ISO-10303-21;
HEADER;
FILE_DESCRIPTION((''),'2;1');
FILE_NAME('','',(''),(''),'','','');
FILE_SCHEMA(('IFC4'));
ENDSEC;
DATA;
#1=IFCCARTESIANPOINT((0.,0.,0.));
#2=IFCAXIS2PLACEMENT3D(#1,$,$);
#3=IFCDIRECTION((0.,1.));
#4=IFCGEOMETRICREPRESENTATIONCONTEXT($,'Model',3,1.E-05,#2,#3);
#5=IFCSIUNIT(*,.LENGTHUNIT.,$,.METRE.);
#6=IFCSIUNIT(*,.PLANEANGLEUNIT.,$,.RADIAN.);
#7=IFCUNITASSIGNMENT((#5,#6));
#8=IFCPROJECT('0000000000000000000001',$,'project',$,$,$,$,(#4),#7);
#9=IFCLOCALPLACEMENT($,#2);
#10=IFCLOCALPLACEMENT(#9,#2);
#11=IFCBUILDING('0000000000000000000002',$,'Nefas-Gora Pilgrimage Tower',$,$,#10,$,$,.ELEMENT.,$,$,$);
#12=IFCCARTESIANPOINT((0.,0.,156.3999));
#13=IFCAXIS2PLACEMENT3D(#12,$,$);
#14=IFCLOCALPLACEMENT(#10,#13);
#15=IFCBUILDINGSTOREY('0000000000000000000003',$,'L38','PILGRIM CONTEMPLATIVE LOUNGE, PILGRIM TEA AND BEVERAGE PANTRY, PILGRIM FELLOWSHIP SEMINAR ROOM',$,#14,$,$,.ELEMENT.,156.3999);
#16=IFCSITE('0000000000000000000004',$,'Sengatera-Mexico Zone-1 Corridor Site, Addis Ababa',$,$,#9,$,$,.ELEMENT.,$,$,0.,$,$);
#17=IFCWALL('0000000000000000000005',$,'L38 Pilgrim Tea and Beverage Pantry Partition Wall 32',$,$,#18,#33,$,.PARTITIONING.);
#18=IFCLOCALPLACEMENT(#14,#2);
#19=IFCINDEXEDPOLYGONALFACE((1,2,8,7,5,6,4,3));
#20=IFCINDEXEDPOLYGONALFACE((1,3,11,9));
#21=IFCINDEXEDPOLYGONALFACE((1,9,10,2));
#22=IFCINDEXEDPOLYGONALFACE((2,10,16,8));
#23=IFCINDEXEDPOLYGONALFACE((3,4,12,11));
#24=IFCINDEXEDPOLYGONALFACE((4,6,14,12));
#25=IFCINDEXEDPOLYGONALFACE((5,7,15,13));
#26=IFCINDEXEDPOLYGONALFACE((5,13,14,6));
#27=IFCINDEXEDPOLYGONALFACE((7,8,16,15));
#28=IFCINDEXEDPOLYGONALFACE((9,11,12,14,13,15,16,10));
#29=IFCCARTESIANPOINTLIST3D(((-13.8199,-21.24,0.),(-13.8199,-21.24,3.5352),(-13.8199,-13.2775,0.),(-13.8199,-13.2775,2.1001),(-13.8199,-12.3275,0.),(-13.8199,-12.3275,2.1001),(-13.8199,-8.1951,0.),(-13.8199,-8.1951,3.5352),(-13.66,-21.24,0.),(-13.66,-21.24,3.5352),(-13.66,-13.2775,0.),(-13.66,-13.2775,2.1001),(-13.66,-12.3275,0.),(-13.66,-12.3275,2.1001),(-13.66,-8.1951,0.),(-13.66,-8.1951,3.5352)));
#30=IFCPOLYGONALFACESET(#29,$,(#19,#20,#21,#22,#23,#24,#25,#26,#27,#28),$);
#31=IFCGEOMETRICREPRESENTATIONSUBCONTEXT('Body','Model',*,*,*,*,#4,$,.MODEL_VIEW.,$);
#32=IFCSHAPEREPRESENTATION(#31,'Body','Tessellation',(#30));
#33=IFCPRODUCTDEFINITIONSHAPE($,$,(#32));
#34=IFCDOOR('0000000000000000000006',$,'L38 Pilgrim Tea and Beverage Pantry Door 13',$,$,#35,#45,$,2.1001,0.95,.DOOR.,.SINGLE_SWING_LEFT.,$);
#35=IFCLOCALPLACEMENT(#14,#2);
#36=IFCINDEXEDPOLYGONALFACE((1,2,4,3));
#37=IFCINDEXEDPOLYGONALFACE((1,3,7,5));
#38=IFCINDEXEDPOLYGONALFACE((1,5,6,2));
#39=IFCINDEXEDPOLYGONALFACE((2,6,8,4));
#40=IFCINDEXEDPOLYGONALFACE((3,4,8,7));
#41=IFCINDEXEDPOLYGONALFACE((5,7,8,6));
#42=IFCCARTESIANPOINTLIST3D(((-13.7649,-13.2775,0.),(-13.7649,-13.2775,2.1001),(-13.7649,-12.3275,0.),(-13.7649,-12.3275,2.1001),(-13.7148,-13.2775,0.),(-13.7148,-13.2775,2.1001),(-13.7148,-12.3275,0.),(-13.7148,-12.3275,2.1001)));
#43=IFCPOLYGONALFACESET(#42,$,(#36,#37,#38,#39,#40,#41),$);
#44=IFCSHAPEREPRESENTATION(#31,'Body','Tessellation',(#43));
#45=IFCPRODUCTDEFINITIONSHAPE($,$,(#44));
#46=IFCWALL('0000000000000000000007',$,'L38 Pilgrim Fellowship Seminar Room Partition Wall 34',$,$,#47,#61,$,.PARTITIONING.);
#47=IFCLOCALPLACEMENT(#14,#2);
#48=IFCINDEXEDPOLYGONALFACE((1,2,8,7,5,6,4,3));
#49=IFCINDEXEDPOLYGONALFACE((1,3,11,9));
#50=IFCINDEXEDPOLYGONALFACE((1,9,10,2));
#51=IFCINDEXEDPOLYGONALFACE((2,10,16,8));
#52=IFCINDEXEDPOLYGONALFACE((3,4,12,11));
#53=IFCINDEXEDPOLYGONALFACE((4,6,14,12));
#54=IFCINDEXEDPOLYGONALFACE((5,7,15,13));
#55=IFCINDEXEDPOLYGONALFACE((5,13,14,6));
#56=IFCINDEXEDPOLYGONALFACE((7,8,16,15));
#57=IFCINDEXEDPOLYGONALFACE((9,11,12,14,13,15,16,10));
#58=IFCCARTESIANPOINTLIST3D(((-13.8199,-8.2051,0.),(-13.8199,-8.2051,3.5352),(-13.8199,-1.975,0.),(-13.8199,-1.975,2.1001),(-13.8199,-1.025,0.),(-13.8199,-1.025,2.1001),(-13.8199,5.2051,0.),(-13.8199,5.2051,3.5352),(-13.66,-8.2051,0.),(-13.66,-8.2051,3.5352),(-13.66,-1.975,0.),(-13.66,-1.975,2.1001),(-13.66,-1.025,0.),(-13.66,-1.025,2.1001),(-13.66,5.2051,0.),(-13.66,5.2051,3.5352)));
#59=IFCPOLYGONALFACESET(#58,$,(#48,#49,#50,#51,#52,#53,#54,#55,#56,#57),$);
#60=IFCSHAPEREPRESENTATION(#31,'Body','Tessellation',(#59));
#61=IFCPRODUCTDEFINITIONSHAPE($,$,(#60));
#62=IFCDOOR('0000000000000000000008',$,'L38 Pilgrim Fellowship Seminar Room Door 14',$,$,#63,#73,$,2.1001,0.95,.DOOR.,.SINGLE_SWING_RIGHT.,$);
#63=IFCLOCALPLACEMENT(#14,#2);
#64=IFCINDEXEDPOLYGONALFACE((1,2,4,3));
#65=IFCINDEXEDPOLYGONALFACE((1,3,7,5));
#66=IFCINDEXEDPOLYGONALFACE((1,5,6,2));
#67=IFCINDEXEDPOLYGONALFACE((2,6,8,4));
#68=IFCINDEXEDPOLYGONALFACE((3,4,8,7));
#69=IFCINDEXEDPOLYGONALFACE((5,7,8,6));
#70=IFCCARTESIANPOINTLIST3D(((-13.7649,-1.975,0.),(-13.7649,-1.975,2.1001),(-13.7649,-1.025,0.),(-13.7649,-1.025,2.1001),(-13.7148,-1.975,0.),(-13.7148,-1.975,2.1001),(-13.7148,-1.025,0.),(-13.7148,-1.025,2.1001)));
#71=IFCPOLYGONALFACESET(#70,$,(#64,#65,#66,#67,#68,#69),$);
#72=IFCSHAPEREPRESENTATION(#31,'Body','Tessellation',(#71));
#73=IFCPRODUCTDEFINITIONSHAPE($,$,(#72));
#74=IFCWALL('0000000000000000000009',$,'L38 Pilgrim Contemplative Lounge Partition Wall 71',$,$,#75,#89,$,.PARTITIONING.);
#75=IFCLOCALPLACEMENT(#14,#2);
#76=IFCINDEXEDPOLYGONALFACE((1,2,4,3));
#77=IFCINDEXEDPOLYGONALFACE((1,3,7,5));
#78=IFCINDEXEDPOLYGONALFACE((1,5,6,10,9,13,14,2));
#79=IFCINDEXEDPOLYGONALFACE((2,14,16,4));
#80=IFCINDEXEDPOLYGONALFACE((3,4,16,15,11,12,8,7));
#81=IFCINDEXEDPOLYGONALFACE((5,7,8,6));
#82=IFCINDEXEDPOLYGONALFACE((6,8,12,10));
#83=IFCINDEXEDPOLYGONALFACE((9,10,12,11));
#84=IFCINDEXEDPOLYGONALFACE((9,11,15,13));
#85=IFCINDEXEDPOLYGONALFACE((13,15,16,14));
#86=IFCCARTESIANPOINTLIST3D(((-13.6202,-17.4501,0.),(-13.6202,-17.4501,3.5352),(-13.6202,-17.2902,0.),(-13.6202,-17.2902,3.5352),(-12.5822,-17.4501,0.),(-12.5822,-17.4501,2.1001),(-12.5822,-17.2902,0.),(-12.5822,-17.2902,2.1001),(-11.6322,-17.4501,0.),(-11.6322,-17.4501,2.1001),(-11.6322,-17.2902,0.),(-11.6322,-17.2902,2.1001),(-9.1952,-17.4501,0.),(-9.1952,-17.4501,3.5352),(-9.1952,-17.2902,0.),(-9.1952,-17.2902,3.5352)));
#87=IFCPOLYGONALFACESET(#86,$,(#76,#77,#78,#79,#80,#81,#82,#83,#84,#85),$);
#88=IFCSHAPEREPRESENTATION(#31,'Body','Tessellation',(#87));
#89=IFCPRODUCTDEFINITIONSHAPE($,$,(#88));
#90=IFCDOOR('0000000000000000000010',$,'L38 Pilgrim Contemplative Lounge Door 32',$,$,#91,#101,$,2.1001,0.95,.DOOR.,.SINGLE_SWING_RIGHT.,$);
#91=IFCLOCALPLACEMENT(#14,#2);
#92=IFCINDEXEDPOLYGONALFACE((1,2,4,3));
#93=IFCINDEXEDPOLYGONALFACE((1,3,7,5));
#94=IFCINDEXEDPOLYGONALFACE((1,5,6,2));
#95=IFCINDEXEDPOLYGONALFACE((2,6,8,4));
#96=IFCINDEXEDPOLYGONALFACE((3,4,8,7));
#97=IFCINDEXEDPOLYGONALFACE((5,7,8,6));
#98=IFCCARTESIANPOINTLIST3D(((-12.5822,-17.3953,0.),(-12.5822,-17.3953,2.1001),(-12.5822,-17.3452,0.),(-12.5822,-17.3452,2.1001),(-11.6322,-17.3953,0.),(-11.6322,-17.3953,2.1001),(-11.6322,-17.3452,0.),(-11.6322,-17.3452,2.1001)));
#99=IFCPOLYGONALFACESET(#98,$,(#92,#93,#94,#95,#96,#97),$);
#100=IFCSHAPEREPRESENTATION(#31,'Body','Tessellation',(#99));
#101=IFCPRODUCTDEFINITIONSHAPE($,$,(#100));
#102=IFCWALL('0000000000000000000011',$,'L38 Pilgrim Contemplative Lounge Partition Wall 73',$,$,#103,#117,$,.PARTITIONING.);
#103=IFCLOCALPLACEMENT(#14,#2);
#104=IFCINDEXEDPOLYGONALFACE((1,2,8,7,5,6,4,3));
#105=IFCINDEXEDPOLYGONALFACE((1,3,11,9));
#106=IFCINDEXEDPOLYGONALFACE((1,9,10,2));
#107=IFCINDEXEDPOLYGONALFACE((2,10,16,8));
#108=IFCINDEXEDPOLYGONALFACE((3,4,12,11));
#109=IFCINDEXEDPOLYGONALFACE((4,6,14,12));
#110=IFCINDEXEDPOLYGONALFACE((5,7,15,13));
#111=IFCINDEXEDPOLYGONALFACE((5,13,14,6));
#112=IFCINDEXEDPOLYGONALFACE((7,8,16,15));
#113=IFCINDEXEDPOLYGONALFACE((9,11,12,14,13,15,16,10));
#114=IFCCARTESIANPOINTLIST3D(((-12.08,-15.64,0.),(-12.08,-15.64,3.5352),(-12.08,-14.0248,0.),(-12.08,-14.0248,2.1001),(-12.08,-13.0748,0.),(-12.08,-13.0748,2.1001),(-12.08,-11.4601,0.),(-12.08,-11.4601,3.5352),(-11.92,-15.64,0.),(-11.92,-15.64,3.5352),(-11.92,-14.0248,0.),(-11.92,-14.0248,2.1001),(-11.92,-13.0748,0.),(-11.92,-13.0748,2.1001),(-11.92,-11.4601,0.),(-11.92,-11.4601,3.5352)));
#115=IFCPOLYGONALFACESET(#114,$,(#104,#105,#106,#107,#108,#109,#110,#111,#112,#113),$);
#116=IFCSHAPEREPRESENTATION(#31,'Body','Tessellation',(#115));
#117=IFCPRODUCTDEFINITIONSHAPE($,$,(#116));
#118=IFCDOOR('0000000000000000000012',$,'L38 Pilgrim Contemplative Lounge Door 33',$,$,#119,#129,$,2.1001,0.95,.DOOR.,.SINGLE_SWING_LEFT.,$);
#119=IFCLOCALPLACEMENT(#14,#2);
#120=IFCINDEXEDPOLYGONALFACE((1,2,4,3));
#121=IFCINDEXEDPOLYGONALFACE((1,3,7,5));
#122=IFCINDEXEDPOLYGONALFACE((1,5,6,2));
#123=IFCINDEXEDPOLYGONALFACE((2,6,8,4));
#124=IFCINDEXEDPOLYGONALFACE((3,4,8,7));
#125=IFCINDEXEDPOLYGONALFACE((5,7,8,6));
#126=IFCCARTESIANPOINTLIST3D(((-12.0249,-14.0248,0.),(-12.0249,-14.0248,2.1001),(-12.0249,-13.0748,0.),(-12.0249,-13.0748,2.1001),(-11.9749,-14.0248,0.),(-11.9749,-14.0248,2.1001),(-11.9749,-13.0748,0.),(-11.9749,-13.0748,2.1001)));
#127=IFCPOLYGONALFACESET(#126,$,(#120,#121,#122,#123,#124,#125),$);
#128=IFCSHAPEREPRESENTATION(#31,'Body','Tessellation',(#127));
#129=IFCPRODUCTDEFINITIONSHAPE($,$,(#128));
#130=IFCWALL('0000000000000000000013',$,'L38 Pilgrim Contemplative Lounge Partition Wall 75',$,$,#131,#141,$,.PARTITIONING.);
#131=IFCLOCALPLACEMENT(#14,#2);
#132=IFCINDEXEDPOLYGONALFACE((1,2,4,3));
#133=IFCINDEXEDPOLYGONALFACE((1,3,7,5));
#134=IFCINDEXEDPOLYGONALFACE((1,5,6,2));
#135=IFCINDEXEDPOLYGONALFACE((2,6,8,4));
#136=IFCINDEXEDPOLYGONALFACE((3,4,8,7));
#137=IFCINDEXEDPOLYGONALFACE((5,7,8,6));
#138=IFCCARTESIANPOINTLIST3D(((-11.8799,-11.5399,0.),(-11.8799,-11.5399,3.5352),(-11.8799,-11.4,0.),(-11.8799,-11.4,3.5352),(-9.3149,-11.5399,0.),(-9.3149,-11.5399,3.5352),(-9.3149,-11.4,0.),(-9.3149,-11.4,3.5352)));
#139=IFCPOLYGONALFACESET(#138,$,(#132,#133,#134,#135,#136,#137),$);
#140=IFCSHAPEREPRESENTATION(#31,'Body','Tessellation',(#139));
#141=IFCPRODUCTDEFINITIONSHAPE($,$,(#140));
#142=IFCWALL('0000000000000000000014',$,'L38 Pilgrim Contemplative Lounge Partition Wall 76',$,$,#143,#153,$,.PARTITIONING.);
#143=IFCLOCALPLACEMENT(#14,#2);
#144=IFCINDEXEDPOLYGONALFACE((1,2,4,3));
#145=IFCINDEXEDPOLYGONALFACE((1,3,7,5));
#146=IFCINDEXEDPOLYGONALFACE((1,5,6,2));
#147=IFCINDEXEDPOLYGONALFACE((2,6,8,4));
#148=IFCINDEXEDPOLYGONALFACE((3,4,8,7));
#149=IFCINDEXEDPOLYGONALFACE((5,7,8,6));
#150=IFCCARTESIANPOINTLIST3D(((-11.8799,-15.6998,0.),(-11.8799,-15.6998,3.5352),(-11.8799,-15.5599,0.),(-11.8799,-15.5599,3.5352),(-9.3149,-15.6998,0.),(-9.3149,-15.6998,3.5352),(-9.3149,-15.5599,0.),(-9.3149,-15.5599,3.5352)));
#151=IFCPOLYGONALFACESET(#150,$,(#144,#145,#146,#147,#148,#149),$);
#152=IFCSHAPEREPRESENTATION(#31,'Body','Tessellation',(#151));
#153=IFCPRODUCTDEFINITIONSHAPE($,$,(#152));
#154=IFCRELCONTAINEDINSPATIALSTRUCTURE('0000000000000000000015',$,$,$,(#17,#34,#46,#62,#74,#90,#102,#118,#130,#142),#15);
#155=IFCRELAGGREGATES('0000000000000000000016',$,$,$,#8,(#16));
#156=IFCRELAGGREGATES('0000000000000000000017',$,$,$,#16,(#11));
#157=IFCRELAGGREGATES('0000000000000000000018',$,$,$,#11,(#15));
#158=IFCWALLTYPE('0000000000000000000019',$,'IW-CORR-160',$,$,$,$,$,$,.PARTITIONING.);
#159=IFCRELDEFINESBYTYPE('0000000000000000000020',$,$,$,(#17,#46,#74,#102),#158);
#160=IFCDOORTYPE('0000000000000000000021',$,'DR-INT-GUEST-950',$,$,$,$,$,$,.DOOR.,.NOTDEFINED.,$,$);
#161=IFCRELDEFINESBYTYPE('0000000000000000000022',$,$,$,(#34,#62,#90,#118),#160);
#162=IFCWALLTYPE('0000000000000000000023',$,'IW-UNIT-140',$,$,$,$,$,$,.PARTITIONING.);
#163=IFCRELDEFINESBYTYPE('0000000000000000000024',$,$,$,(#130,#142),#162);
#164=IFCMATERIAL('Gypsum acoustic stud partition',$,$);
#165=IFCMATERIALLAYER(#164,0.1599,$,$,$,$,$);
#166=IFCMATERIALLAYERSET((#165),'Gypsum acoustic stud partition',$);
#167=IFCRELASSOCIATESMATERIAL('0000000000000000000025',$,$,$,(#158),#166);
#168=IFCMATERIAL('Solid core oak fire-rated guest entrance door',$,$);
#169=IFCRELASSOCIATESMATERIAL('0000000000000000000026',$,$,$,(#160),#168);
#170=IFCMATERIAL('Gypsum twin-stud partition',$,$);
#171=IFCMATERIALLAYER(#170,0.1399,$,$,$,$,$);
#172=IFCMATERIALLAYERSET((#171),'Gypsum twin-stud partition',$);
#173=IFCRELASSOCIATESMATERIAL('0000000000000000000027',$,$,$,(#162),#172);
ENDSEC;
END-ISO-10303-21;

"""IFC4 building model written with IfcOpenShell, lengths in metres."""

from ifc_helpers import new_model, si_unit, direction, frame, frame_2d, origin, place, context, subcontext, project, spatial, rectangle, extrude, source, transform, mapped, material, layer, layer_set, type_object, element, fill, save


model = new_model("IFC4")

# Units and contexts
model_context = context("Model", 3, precision=1e-05, world=origin(), true_north=direction((0.0, 1.0)))
body_context = subcontext(model_context, "Body", "Model", "MODEL_VIEW")
ifc_project = project(units=[si_unit("LENGTHUNIT", "METRE"), si_unit("PLANEANGLEUNIT", "RADIAN")], contexts=[model_context])

# Site, building, storey
site_placement = place(None, origin())
site = spatial("IfcSite", under=ifc_project, at=site_placement, Name="Sengatera-Mexico Zone-1 Corridor Site, Addis Ababa", CompositionType="ELEMENT", RefElevation=0.0)
building_placement = place(site_placement, origin())
building = spatial("IfcBuilding", under=site, at=building_placement, Name="Nefas-Gora Pilgrimage Tower", CompositionType="ELEMENT")
storey_placement = place(building_placement, frame((0.0, 0.0, 156.3999)))
storey = spatial("IfcBuildingStorey", under=building, at=storey_placement, Name="L38", Description="PILGRIM CONTEMPLATIVE LOUNGE, PILGRIM TEA AND BEVERAGE PANTRY, PILGRIM FELLOWSHIP SEMINAR ROOM", CompositionType="ELEMENT", Elevation=156.3999)

# Walls, openings, doors
ifc_material_1 = material(Name="Gypsum acoustic stud partition")
ifc_layer_1 = layer(ifc_material_1, 0.1599)
ifc_layer_set_1 = layer_set([ifc_layer_1], Name="Gypsum acoustic stud partition")
wall_type_1 = type_object("IfcWallType", Name="IW-CORR-160", PredefinedType="PARTITIONING", material=ifc_layer_set_1)
shared_shape_1 = source(origin(), body_context, "Body", "SweptSolid", [
    extrude(rectangle(XDim=13.0449, YDim=0.1599, at=frame_2d((6.5225, 0.0))), origin(), (0.0, 0.0, 1.0), 3.5352),
])
wall_1_placement = place(storey_placement, frame((-13.74, -21.24, 0.0), z_axis=(0.0, 0.0, 1.0), x_axis=(0.0, 1.0, 0.0)))
wall_1 = element("IfcWall", 1, at=wall_1_placement, inside=storey, type_object=wall_type_1, Name="L38 Pilgrim Tea and Beverage Pantry Partition Wall 32", PredefinedType="PARTITIONING", context=body_context, shape_type="MappedRepresentation", body=[
    mapped(shared_shape_1, transform((0.0, 0.0, 0.0), x_axis=(1.0, 0.0, 0.0), y_axis=(0.0, 1.0, 0.0), z_axis=(0.0, 0.0, 1.0), scale=1.0)),
])
opening_1_placement = place(wall_1_placement, frame((7.9624, 0.0, 0.0)))
opening_1 = element("IfcOpeningElement", 2, at=opening_1_placement, cuts=wall_1, PredefinedType="OPENING", context=body_context, shape_type="SweptSolid", body=[
    extrude(rectangle(XDim=0.95, YDim=2.1001, at=frame_2d((0.4751, 1.05))), frame((0.0, 0.0898, 0.0), z_axis=(0.0, -1.0, 0.0), x_axis=(1.0, 0.0, 0.0)), (0.0, 0.0, 1.0), 0.1799),
])
ifc_material_2 = material(Name="Solid core oak fire-rated guest entrance door")
door_type_1 = type_object("IfcDoorType", Name="DR-INT-GUEST-950", OperationType="NOTDEFINED", PredefinedType="DOOR", material=ifc_material_2)
shared_shape_2 = source(origin(), body_context, "Body", "SweptSolid", [
    extrude(rectangle(XDim=0.95, YDim=2.1001, at=frame_2d((0.4751, 1.05))), frame((0.0, 0.0249, 0.0), z_axis=(0.0, -1.0, 0.0), x_axis=(1.0, 0.0, 0.0)), (0.0, 0.0, 1.0), 0.05),
])
door_1_placement = place(opening_1_placement, origin())
door_1 = element("IfcDoor", 3, at=door_1_placement, inside=storey, type_object=door_type_1, Name="L38 Pilgrim Tea and Beverage Pantry Door 13", OperationType="SINGLE_SWING_LEFT", OverallHeight=2.1001, OverallWidth=0.95, PredefinedType="DOOR", context=body_context, shape_type="MappedRepresentation", body=[
    mapped(shared_shape_2, transform((0.0, 0.0, 0.0), x_axis=(1.0, 0.0, 0.0), y_axis=(0.0, 1.0, 0.0), z_axis=(0.0, 0.0, 1.0), scale=1.0)),
])
fill(opening_1, door_1)
shared_shape_3 = source(origin(), body_context, "Body", "SweptSolid", [
    extrude(rectangle(XDim=13.4102, YDim=0.1599, at=frame_2d((6.7051, 0.0))), origin(), (0.0, 0.0, 1.0), 3.5352),
])
wall_2_placement = place(storey_placement, frame((-13.74, -8.2051, 0.0), z_axis=(0.0, 0.0, 1.0), x_axis=(0.0, 1.0, 0.0)))
wall_2 = element("IfcWall", 4, at=wall_2_placement, inside=storey, type_object=wall_type_1, Name="L38 Pilgrim Fellowship Seminar Room Partition Wall 34", PredefinedType="PARTITIONING", context=body_context, shape_type="MappedRepresentation", body=[
    mapped(shared_shape_3, transform((0.0, 0.0, 0.0), x_axis=(1.0, 0.0, 0.0), y_axis=(0.0, 1.0, 0.0), z_axis=(0.0, 0.0, 1.0), scale=1.0)),
])
opening_2_placement = place(wall_2_placement, frame((6.23, 0.0, 0.0)))
opening_2 = element("IfcOpeningElement", 5, at=opening_2_placement, cuts=wall_2, PredefinedType="OPENING", context=body_context, shape_type="SweptSolid", body=[
    extrude(rectangle(XDim=0.95, YDim=2.1001, at=frame_2d((0.4751, 1.05))), frame((0.0, 0.0898, 0.0), z_axis=(0.0, -1.0, 0.0), x_axis=(1.0, 0.0, 0.0)), (0.0, 0.0, 1.0), 0.1799),
])
door_2_placement = place(opening_2_placement, origin())
door_2 = element("IfcDoor", 6, at=door_2_placement, inside=storey, type_object=door_type_1, Name="L38 Pilgrim Fellowship Seminar Room Door 14", OperationType="SINGLE_SWING_RIGHT", OverallHeight=2.1001, OverallWidth=0.95, PredefinedType="DOOR", context=body_context, shape_type="MappedRepresentation", body=[
    mapped(shared_shape_2, transform((0.0, 0.0, 0.0), x_axis=(1.0, 0.0, 0.0), y_axis=(0.0, 1.0, 0.0), z_axis=(0.0, 0.0, 1.0), scale=1.0)),
])
fill(opening_2, door_2)
shared_shape_4 = source(origin(), body_context, "Body", "SweptSolid", [
    extrude(rectangle(XDim=4.425, YDim=0.1599, at=frame_2d((2.2124, 0.0))), origin(), (0.0, 0.0, 1.0), 3.5352),
])
wall_3_placement = place(storey_placement, frame((-13.6201, -17.3701, 0.0), z_axis=(0.0, 0.0, 1.0), x_axis=(1.0, 0.0, 0.0)))
wall_3 = element("IfcWall", 7, at=wall_3_placement, inside=storey, type_object=wall_type_1, Name="L38 Pilgrim Contemplative Lounge Partition Wall 71", PredefinedType="PARTITIONING", context=body_context, shape_type="MappedRepresentation", body=[
    mapped(shared_shape_4, transform((0.0, 0.0, 0.0), x_axis=(1.0, 0.0, 0.0), y_axis=(0.0, 1.0, 0.0), z_axis=(0.0, 0.0, 1.0), scale=1.0)),
])
opening_3_placement = place(wall_3_placement, frame((1.0378, 0.0, 0.0)))
opening_3 = element("IfcOpeningElement", 8, at=opening_3_placement, cuts=wall_3, PredefinedType="OPENING", context=body_context, shape_type="SweptSolid", body=[
    extrude(rectangle(XDim=0.95, YDim=2.1001, at=frame_2d((0.4751, 1.05))), frame((0.0, 0.0898, 0.0), z_axis=(0.0, -1.0, 0.0), x_axis=(1.0, 0.0, 0.0)), (0.0, 0.0, 1.0), 0.1799),
])
door_3_placement = place(opening_3_placement, origin())
door_3 = element("IfcDoor", 9, at=door_3_placement, inside=storey, type_object=door_type_1, Name="L38 Pilgrim Contemplative Lounge Door 32", OperationType="SINGLE_SWING_RIGHT", OverallHeight=2.1001, OverallWidth=0.95, PredefinedType="DOOR", context=body_context, shape_type="MappedRepresentation", body=[
    mapped(shared_shape_2, transform((0.0, 0.0, 0.0), x_axis=(1.0, 0.0, 0.0), y_axis=(0.0, 1.0, 0.0), z_axis=(0.0, 0.0, 1.0), scale=1.0)),
])
fill(opening_3, door_3)
shared_shape_5 = source(origin(), body_context, "Body", "SweptSolid", [
    extrude(rectangle(XDim=4.1799, YDim=0.1599, at=frame_2d((2.0898, 0.0))), origin(), (0.0, 0.0, 1.0), 3.5352),
])
wall_4_placement = place(storey_placement, frame((-12.0, -15.6399, 0.0), z_axis=(0.0, 0.0, 1.0), x_axis=(0.0, 1.0, 0.0)))
wall_4 = element("IfcWall", 10, at=wall_4_placement, inside=storey, type_object=wall_type_1, Name="L38 Pilgrim Contemplative Lounge Partition Wall 73", PredefinedType="PARTITIONING", context=body_context, shape_type="MappedRepresentation", body=[
    mapped(shared_shape_5, transform((0.0, 0.0, 0.0), x_axis=(1.0, 0.0, 0.0), y_axis=(0.0, 1.0, 0.0), z_axis=(0.0, 0.0, 1.0), scale=1.0)),
])
opening_4_placement = place(wall_4_placement, frame((1.615, 0.0, 0.0)))
opening_4 = element("IfcOpeningElement", 11, at=opening_4_placement, cuts=wall_4, PredefinedType="OPENING", context=body_context, shape_type="SweptSolid", body=[
    extrude(rectangle(XDim=0.95, YDim=2.1001, at=frame_2d((0.4751, 1.05))), frame((0.0, 0.0898, 0.0), z_axis=(0.0, -1.0, 0.0), x_axis=(1.0, 0.0, 0.0)), (0.0, 0.0, 1.0), 0.1799),
])
door_4_placement = place(opening_4_placement, origin())
door_4 = element("IfcDoor", 12, at=door_4_placement, inside=storey, type_object=door_type_1, Name="L38 Pilgrim Contemplative Lounge Door 33", OperationType="SINGLE_SWING_LEFT", OverallHeight=2.1001, OverallWidth=0.95, PredefinedType="DOOR", context=body_context, shape_type="MappedRepresentation", body=[
    mapped(shared_shape_2, transform((0.0, 0.0, 0.0), x_axis=(1.0, 0.0, 0.0), y_axis=(0.0, 1.0, 0.0), z_axis=(0.0, 0.0, 1.0), scale=1.0)),
])
fill(opening_4, door_4)

# Walls
ifc_material_3 = material(Name="Gypsum twin-stud partition")
ifc_layer_2 = layer(ifc_material_3, 0.1399)
ifc_layer_set_2 = layer_set([ifc_layer_2], Name="Gypsum twin-stud partition")
wall_type_2 = type_object("IfcWallType", Name="IW-UNIT-140", PredefinedType="PARTITIONING", material=ifc_layer_set_2)
shared_shape_6 = source(origin(), body_context, "Body", "SweptSolid", [
    extrude(rectangle(XDim=2.5649, YDim=0.1399, at=frame_2d((1.2825, 0.0))), origin(), (0.0, 0.0, 1.0), 3.5352),
])
for number, where, z_axis, x_axis, name in (
    (13, (-11.8799, -11.47, 0.0), (0.0, 0.0, 1.0), (1.0, 0.0, 0.0), "L38 Pilgrim Contemplative Lounge Partition Wall 75"),
    (14, (-11.8799, -15.6299, 0.0), (0.0, 0.0, 1.0), (1.0, 0.0, 0.0), "L38 Pilgrim Contemplative Lounge Partition Wall 76"),
):
    element("IfcWall", number, at=place(storey_placement, frame(where, z_axis=z_axis, x_axis=x_axis)), inside=storey, type_object=wall_type_2, Name=name, PredefinedType="PARTITIONING", context=body_context, shape_type="MappedRepresentation", body=[
        mapped(shared_shape_6, transform((0.0, 0.0, 0.0), x_axis=(1.0, 0.0, 0.0), y_axis=(0.0, 1.0, 0.0), z_axis=(0.0, 0.0, 1.0), scale=1.0)),
    ])

save(model, "model.ifc")
